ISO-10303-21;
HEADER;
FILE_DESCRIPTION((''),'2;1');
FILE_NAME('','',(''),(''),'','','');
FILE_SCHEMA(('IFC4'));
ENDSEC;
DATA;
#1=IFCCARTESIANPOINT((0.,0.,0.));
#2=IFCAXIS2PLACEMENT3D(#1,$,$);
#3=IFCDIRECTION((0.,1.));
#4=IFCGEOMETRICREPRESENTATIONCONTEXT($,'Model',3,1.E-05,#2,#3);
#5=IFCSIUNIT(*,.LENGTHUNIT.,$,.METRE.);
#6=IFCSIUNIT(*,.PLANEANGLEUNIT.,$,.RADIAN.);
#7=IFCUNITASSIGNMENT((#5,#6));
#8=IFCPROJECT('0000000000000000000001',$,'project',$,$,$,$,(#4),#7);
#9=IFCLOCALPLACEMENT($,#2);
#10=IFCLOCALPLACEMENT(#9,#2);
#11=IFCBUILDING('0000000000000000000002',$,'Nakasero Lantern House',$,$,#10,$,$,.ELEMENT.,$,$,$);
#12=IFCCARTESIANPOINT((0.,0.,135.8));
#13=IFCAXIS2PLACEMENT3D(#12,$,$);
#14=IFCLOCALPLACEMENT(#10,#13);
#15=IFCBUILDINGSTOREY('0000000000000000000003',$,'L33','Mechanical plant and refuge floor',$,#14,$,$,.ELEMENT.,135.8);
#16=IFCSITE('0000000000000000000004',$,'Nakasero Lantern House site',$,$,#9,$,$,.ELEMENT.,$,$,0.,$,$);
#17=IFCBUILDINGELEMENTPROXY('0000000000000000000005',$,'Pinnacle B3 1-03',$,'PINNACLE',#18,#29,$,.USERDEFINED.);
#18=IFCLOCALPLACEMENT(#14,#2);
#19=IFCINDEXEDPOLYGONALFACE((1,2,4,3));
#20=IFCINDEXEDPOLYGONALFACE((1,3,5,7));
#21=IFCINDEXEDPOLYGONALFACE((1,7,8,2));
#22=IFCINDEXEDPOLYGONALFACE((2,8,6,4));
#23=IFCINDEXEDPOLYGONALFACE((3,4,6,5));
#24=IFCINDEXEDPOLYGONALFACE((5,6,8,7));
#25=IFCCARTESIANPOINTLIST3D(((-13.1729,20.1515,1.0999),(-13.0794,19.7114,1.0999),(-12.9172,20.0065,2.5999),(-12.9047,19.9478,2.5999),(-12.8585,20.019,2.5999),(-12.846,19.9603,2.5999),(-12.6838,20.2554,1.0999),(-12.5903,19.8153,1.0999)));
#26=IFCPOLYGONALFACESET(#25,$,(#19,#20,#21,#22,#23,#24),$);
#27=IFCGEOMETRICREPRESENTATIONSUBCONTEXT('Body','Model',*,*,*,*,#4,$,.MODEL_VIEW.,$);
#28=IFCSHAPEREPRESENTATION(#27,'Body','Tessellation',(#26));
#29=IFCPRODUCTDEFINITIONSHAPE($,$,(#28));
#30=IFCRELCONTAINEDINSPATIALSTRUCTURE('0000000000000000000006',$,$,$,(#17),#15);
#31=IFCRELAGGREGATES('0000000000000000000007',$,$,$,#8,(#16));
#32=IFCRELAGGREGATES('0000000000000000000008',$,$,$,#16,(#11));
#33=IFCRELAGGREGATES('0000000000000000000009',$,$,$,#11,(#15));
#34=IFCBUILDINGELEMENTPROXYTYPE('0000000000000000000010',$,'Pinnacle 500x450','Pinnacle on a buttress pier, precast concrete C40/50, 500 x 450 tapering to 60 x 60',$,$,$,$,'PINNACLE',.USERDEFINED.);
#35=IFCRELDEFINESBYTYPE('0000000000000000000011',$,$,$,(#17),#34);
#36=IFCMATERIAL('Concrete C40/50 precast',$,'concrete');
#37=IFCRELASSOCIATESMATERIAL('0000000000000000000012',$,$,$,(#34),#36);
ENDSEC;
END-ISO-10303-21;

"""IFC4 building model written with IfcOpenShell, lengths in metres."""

from ifc_helpers import new_model, entity, si_unit, direction, frame, origin, place, context, subcontext, project, spatial, material, type_object, element, save


model = new_model("IFC4")

# Units and contexts
model_context = context("Model", 3, precision=1e-05, world=origin(), true_north=direction((0.0, 1.0)))
body_context = subcontext(model_context, "Body", "Model", "MODEL_VIEW")
ifc_project = project(units=[si_unit("LENGTHUNIT", "METRE"), si_unit("PLANEANGLEUNIT", "RADIAN")], contexts=[model_context])

# Site, building, storey
site_placement = place(None, origin())
site = spatial("IfcSite", under=ifc_project, at=site_placement, Name="Nakasero Lantern House site", CompositionType="ELEMENT", RefElevation=0.0)
building_placement = place(site_placement, origin())
building = spatial("IfcBuilding", under=site, at=building_placement, Name="Nakasero Lantern House", CompositionType="ELEMENT")
storey_placement = place(building_placement, frame((0.0, 0.0, 135.8)))
storey = spatial("IfcBuildingStorey", under=building, at=storey_placement, Name="L33", Description="Mechanical plant and refuge floor", CompositionType="ELEMENT", Elevation=135.8)

# Building element proxy
ifc_material_1 = material(Name="Concrete C40/50 precast", Category="concrete")
building_element_proxy_type = type_object("IfcBuildingElementProxyType", Name="Pinnacle 500x450", Description="Pinnacle on a buttress pier, precast concrete C40/50, 500 x 450 tapering to 60 x 60", ElementType="PINNACLE", PredefinedType="USERDEFINED", material=ifc_material_1)
proxy_placement = place(storey_placement, frame((-12.8816, 19.9834, 1.0999), z_axis=(0.0, 0.0, 1.0), x_axis=(-0.207912, 0.978148, 0.0)))
element("IfcBuildingElementProxy", 1, at=proxy_placement, inside=storey, type_object=building_element_proxy_type, Name="Pinnacle B3 1-03", ObjectType="PINNACLE", PredefinedType="USERDEFINED", context=body_context, shape_type="SweptSolid", body=[
    entity("IfcExtrudedAreaSolidTapered", entity("IfcRectangleProfileDef", "AREA", None, entity("IfcAxis2Placement2D", entity("IfcCartesianPoint", [0.0, 0.0])), 0.45, 0.5), entity("IfcAxis2Placement3D", entity("IfcCartesianPoint", [0.0, 0.0, 0.0])), entity("IfcDirection", [0.0, 0.0, 1.0]), 1.5, entity("IfcRectangleProfileDef", "AREA", None, entity("IfcAxis2Placement2D", entity("IfcCartesianPoint", [0.0, 0.0])), 0.0601, 0.0601)),
])

save(model, "model.ifc")
